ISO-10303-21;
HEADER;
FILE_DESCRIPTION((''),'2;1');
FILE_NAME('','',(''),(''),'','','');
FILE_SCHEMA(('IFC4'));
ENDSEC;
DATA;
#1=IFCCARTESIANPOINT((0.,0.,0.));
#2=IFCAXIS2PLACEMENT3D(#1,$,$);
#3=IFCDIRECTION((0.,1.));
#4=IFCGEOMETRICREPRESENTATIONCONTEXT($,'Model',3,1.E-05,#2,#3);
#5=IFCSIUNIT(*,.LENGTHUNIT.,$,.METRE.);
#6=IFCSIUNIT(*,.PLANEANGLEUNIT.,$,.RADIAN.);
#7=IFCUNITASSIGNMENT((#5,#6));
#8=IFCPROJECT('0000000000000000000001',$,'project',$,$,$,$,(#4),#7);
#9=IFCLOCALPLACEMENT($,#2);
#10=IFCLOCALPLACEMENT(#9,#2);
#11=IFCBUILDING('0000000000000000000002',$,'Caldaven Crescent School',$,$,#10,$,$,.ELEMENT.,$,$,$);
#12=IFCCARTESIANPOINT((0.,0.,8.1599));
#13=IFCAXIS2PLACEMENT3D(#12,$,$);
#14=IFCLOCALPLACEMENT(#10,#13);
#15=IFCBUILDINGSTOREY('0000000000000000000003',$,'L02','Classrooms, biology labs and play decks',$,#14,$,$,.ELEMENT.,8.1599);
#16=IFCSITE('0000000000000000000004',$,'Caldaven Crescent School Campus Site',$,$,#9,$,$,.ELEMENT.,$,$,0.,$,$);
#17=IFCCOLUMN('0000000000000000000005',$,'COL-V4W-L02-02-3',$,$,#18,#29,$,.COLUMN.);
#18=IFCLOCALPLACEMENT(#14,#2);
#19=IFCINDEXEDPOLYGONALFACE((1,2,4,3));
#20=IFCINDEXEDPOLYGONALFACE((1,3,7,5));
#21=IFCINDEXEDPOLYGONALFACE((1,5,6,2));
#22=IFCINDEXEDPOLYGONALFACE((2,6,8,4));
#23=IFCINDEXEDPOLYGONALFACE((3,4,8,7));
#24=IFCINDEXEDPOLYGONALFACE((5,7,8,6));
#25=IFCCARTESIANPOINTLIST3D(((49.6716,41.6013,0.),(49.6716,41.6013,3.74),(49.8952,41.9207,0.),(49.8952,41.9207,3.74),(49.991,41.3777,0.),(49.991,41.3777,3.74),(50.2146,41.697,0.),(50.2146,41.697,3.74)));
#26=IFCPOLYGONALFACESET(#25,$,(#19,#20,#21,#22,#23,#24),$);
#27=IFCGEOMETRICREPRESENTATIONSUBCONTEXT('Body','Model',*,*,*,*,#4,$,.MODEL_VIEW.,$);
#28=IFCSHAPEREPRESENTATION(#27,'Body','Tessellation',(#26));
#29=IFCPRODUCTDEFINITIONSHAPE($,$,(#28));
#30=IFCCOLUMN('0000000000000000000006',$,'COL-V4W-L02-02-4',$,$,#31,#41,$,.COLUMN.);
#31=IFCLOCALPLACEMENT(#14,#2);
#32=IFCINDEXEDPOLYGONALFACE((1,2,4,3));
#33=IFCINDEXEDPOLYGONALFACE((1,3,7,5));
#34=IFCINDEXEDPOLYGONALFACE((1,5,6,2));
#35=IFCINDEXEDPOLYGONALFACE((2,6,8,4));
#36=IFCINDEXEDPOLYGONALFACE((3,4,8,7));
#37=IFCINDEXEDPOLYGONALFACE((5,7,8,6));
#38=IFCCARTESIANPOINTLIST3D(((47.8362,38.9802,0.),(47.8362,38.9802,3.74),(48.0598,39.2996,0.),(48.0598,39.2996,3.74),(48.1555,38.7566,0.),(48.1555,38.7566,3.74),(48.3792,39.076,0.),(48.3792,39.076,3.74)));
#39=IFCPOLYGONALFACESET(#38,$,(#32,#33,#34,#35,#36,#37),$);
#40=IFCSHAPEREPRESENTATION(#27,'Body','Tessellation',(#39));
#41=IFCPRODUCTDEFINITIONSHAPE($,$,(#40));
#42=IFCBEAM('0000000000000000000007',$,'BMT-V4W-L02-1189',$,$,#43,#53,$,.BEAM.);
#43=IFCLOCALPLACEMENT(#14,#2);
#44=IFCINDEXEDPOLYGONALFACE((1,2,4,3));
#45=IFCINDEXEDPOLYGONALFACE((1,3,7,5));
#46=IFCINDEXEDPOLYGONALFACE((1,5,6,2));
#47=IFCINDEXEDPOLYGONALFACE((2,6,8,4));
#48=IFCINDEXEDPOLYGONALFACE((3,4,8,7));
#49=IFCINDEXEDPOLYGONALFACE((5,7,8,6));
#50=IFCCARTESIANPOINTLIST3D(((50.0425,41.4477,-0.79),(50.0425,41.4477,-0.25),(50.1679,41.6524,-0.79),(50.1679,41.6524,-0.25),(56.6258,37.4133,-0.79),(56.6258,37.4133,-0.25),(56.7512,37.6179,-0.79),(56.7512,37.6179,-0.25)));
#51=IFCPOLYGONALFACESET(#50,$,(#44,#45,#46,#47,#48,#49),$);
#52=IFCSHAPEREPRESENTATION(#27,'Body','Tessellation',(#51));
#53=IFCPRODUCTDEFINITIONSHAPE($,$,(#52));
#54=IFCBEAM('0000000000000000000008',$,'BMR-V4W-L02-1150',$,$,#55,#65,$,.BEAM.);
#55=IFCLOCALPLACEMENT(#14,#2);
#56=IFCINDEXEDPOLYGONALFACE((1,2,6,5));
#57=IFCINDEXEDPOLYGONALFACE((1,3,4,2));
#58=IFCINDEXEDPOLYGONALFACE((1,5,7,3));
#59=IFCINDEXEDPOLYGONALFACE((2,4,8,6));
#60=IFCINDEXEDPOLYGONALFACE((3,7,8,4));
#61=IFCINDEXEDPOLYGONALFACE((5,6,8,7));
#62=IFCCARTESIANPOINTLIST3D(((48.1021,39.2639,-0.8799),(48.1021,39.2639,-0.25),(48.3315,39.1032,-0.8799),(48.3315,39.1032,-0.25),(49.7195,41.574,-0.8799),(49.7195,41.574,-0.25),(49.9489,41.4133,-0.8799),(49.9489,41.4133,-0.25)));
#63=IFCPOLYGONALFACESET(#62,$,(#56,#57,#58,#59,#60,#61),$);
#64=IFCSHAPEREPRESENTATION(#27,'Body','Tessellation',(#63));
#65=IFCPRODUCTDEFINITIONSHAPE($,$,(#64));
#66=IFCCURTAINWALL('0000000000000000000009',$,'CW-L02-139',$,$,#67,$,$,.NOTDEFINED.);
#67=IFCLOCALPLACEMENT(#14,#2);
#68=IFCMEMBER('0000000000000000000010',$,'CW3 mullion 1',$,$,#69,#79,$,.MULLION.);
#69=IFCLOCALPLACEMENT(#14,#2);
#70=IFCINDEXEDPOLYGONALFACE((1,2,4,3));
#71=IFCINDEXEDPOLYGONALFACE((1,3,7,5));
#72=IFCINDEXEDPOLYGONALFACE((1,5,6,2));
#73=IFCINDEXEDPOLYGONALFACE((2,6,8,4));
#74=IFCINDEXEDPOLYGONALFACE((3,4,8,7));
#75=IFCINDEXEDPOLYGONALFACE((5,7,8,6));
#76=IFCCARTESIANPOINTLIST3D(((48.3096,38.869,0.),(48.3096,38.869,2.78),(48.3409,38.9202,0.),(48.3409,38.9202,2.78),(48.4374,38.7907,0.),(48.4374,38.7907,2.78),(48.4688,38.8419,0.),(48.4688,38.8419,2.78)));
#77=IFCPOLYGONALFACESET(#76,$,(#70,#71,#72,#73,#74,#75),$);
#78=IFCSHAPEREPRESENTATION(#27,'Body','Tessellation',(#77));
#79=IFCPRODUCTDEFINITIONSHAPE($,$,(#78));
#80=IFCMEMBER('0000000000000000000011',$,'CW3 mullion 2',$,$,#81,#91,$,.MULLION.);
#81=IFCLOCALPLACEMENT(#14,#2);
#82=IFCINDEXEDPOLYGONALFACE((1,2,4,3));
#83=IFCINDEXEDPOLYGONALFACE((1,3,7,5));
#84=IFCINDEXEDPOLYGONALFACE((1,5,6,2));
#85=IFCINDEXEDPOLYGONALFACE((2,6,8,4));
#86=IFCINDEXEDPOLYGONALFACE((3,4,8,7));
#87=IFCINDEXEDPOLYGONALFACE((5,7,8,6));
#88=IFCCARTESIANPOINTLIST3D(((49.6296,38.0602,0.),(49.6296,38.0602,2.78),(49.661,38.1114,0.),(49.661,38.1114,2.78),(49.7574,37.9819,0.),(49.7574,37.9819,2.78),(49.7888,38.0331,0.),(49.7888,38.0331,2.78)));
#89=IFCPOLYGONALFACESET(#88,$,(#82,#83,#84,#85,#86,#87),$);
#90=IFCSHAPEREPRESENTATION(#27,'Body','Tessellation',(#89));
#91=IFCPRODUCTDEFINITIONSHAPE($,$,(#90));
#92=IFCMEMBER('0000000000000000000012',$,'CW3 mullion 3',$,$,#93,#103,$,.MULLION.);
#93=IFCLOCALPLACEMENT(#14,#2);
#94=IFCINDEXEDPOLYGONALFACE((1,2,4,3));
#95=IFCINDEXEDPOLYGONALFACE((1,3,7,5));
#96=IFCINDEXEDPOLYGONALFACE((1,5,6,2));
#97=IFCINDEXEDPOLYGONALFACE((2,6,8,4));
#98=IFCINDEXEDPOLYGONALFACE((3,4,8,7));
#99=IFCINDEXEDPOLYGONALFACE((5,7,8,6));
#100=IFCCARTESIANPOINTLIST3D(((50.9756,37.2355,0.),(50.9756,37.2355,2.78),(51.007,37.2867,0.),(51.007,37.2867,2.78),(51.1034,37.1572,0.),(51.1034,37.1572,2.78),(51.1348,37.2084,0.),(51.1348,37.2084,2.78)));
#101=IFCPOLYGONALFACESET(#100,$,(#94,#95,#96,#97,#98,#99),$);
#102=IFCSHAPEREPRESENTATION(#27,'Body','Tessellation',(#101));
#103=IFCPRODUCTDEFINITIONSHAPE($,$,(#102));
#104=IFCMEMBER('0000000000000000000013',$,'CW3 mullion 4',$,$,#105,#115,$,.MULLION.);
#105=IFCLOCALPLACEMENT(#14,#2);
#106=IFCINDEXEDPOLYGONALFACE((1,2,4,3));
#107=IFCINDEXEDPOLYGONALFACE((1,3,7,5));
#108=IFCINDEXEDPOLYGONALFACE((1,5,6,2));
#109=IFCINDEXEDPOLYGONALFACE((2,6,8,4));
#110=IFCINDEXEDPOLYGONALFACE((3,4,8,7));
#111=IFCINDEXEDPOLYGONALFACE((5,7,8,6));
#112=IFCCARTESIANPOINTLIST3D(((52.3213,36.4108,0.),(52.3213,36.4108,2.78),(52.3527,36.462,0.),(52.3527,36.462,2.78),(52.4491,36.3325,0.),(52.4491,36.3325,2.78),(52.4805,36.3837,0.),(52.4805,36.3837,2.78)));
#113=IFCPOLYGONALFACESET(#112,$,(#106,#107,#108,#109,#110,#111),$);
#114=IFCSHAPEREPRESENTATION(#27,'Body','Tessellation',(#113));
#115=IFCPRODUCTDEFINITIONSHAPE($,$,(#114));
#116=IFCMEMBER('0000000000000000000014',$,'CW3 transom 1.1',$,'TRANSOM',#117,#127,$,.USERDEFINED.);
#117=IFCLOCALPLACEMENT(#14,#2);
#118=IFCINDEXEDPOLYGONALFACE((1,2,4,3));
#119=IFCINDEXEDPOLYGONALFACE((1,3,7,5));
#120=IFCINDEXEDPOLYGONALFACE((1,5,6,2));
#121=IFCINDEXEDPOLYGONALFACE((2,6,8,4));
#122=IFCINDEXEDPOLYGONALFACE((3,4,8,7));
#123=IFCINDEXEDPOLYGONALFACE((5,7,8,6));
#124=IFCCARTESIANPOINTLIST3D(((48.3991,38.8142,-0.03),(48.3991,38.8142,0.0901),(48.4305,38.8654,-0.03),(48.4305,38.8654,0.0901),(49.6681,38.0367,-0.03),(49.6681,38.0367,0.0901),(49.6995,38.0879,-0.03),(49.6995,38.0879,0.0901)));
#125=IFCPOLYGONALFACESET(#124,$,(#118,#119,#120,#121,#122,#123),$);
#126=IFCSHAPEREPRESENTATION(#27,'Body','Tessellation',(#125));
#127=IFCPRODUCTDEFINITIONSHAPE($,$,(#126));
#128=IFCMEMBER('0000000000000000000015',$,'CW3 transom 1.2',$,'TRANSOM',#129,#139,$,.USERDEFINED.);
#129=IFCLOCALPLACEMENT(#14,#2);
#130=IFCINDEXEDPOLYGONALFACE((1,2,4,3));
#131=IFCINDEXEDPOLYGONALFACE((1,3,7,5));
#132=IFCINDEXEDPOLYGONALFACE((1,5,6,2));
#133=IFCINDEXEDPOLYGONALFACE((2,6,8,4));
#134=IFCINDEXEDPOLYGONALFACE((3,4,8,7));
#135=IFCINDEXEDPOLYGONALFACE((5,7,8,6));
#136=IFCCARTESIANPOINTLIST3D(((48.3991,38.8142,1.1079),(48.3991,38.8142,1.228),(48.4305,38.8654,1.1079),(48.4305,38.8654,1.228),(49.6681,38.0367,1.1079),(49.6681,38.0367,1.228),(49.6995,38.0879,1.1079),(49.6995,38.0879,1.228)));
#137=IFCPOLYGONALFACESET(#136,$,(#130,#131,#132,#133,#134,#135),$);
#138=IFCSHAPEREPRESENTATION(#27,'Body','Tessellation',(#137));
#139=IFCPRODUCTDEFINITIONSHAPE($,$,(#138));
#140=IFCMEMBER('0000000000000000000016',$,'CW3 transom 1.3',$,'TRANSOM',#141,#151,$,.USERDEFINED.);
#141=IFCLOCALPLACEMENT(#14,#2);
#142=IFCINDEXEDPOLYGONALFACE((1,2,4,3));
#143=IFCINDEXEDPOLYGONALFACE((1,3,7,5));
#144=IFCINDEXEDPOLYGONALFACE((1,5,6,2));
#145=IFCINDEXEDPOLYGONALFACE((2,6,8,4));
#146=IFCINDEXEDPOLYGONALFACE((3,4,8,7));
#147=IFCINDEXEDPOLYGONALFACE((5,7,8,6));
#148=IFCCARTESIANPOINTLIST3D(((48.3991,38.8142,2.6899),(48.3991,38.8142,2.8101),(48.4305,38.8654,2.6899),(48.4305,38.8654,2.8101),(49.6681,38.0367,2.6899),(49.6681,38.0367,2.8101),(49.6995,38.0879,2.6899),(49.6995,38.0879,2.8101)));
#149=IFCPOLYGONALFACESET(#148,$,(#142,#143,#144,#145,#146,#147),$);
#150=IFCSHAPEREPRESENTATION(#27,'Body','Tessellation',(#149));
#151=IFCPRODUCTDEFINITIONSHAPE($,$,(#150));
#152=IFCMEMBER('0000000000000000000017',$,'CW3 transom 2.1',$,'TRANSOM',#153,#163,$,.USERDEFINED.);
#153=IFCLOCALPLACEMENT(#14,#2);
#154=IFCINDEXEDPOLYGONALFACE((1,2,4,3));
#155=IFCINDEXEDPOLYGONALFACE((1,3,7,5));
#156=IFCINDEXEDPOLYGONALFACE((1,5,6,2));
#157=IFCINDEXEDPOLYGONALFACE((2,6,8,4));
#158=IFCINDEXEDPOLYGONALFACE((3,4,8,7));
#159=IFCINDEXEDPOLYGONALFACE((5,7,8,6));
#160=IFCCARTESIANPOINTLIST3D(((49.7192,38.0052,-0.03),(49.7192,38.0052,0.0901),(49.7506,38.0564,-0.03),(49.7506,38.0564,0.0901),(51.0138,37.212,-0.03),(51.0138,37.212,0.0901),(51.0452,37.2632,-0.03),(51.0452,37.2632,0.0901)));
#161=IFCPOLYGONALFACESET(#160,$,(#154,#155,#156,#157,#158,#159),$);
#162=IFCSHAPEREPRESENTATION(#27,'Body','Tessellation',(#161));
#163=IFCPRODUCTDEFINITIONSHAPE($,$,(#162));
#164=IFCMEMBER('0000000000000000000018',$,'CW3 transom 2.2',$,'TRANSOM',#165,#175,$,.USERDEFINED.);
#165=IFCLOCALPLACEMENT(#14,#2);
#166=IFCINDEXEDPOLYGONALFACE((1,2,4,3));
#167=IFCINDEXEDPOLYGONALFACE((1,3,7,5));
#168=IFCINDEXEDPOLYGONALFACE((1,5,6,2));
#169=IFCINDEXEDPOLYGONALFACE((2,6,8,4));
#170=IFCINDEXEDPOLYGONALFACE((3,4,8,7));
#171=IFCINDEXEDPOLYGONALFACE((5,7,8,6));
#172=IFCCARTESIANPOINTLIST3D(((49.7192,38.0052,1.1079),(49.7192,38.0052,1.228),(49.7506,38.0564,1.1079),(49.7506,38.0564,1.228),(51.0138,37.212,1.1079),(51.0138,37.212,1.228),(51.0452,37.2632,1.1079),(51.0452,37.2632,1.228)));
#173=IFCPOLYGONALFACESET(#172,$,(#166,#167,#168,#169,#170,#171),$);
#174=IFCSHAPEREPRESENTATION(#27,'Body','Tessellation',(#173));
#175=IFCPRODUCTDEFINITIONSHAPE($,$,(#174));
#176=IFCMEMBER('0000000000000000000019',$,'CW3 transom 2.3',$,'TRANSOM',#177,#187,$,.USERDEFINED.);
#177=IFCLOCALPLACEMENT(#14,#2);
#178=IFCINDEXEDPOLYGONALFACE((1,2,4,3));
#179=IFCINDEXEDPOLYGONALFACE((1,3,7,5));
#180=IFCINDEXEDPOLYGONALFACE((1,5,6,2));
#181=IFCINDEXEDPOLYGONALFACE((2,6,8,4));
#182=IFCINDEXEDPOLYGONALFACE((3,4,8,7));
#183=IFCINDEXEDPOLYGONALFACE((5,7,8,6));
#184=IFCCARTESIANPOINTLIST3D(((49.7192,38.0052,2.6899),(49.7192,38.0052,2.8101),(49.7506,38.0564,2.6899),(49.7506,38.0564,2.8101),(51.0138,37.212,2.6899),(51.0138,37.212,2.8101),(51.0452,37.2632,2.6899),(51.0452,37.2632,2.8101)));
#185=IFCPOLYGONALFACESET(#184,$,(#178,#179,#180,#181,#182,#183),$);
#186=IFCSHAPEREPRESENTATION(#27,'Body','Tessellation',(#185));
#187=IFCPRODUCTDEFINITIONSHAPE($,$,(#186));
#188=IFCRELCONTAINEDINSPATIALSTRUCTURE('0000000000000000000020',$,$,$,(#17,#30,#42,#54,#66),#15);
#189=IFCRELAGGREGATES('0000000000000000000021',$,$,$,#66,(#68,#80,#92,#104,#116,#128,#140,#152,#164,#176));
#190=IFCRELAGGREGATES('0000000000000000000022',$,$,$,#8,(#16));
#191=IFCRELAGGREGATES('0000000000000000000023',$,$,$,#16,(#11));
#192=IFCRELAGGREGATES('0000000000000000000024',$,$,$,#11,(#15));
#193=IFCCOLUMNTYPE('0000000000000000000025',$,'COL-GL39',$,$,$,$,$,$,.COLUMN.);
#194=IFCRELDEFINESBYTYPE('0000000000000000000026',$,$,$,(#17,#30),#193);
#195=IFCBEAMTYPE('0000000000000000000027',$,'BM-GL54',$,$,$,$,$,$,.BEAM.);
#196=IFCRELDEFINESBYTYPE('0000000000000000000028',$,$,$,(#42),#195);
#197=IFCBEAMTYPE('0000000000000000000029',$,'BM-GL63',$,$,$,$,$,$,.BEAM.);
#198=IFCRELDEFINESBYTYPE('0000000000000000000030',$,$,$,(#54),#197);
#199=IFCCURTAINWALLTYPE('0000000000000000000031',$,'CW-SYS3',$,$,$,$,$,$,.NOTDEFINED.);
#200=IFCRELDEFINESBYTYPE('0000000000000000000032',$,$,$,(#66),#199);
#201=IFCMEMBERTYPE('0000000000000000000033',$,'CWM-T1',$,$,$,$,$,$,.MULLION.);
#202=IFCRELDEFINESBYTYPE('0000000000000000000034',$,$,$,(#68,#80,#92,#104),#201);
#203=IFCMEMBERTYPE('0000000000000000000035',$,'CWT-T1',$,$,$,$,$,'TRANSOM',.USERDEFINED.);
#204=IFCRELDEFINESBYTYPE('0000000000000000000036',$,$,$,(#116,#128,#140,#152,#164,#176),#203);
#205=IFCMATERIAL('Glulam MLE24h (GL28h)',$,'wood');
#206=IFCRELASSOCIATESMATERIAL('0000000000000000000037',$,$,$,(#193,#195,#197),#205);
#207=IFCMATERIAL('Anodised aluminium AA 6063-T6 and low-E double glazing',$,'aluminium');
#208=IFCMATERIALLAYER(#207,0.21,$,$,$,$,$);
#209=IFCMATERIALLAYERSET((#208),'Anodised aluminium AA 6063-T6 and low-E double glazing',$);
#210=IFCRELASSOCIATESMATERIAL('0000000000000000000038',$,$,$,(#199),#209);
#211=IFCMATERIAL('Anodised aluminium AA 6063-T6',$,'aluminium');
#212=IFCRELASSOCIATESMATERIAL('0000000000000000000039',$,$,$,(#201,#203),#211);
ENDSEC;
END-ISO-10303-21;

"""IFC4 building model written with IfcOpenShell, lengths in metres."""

from ifc_helpers import new_model, si_unit, direction, frame, origin, origin_2d, place, context, subcontext, project, spatial, rectangle, extrude, material, layer, layer_set, material_profile, profile_set, type_object, element, aggregate, save


model = new_model("IFC4")

# Units and contexts
model_context = context("Model", 3, precision=1e-05, world=origin(), true_north=direction((0.0, 1.0)))
body_context = subcontext(model_context, "Body", "Model", "MODEL_VIEW")
ifc_project = project(units=[si_unit("LENGTHUNIT", "METRE"), si_unit("PLANEANGLEUNIT", "RADIAN")], contexts=[model_context])

# Site, building, storey
site_placement = place(None, origin())
site = spatial("IfcSite", under=ifc_project, at=site_placement, Name="Caldaven Crescent School Campus Site", CompositionType="ELEMENT", RefElevation=0.0)
building_placement = place(site_placement, origin())
building = spatial("IfcBuilding", under=site, at=building_placement, Name="Caldaven Crescent School", CompositionType="ELEMENT")
storey_placement = place(building_placement, frame((0.0, 0.0, 8.1599)))
storey = spatial("IfcBuildingStorey", under=building, at=storey_placement, Name="L02", Description="Classrooms, biology labs and play decks", CompositionType="ELEMENT", Elevation=8.1599)

# Columns
ifc_material_1 = material(Name="Glulam MLE24h (GL28h)", Category="wood")
ifc_material_profile_1 = material_profile(ifc_material_1, rectangle(XDim=0.3899, YDim=0.3899, at=origin_2d()), Name="MLE 390x390")
ifc_profile_set_1 = profile_set([ifc_material_profile_1], Name="Glulam MLE24h (GL28h)")
column_type = type_object("IfcColumnType", Name="COL-GL39", PredefinedType="COLUMN", material=ifc_profile_set_1)
for number, where, z_axis, x_axis, name in (
    (1, (49.9431, 41.6492, 0.0), (0.0, 0.0, 1.0), (-0.573576, -0.819152, 0.0), "COL-V4W-L02-02-3"),
    (2, (48.1077, 39.0281, 0.0), (0.0, 0.0, 1.0), (-0.573576, -0.819152, 0.0), "COL-V4W-L02-02-4"),
):
    element("IfcColumn", number, at=place(storey_placement, frame(where, z_axis=z_axis, x_axis=x_axis)), inside=storey, type_object=column_type, Name=name, PredefinedType="COLUMN", context=body_context, shape_type="SweptSolid", body=[
        extrude(rectangle(XDim=0.3899, YDim=0.3899, at=origin_2d()), origin(), (0.0, 0.0, 1.0), 3.74),
    ])

# Beams
ifc_material_profile_2 = material_profile(ifc_material_1, rectangle(XDim=0.24, YDim=0.54, at=origin_2d()), Name="MLE 240x540")
ifc_profile_set_2 = profile_set([ifc_material_profile_2], Name="Glulam MLE24h (GL28h)")
beam_type_1 = type_object("IfcBeamType", Name="BM-GL54", PredefinedType="BEAM", material=ifc_profile_set_2)
beam_1_placement = place(storey_placement, frame((50.1052, 41.55, -0.52), z_axis=(0.852629, -0.522518, 0.0), x_axis=(0.522518, 0.852629, 0.0)))
element("IfcBeam", 3, at=beam_1_placement, inside=storey, type_object=beam_type_1, Name="BMT-V4W-L02-1189", PredefinedType="BEAM", context=body_context, shape_type="SweptSolid", body=[
    extrude(rectangle(XDim=0.24, YDim=0.54, at=origin_2d()), origin(), (0.0, 0.0, 1.0), 7.7212),
])
ifc_material_profile_3 = material_profile(ifc_material_1, rectangle(XDim=0.28, YDim=0.6299, at=origin_2d()), Name="MLE 280x630")
ifc_profile_set_3 = profile_set([ifc_material_profile_3], Name="Glulam MLE24h (GL28h)")
beam_type_2 = type_object("IfcBeamType", Name="BM-GL63", PredefinedType="BEAM", material=ifc_profile_set_3)
beam_2_placement = place(storey_placement, frame((49.8342, 41.4937, -0.5649), z_axis=(-0.573555, -0.819167, 0.0), x_axis=(0.819167, -0.573555, 0.0)))
element("IfcBeam", 4, at=beam_2_placement, inside=storey, type_object=beam_type_2, Name="BMR-V4W-L02-1150", PredefinedType="BEAM", context=body_context, shape_type="SweptSolid", body=[
    extrude(rectangle(XDim=0.28, YDim=0.6299, at=origin_2d()), origin(), (0.0, 0.0, 1.0), 2.8201),
])

# Curtain wall, members
ifc_material_2 = material(Name="Anodised aluminium AA 6063-T6 and low-E double glazing", Category="aluminium")
ifc_layer_1 = layer(ifc_material_2, 0.21)
ifc_layer_set_1 = layer_set([ifc_layer_1], Name="Anodised aluminium AA 6063-T6 and low-E double glazing")
curtain_wall_type = type_object("IfcCurtainWallType", Name="CW-SYS3", PredefinedType="NOTDEFINED", material=ifc_layer_set_1)
curtain_wall_placement = place(storey_placement, origin())
curtain_wall = element("IfcCurtainWall", 5, at=curtain_wall_placement, inside=storey, type_object=curtain_wall_type, Name="CW-L02-139", PredefinedType="NOTDEFINED")
ifc_material_3 = material(Name="Anodised aluminium AA 6063-T6", Category="aluminium")
ifc_material_profile_4 = material_profile(ifc_material_3, rectangle(XDim=0.0601, YDim=0.1499, at=origin_2d()), Name="CWM 60x150")
ifc_profile_set_4 = profile_set([ifc_material_profile_4], Name="Anodised aluminium AA 6063-T6")
member_type_1 = type_object("IfcMemberType", Name="CWM-T1", PredefinedType="MULLION", material=ifc_profile_set_4)
member_1_placement = place(storey_placement, frame((48.3892, 38.8555, 0.0), z_axis=(0.0, 0.0, 1.0), x_axis=(0.522499, 0.85264, 0.0)))
member_1 = element("IfcMember", 6, at=member_1_placement, type_object=member_type_1, Name="CW3 mullion 1", PredefinedType="MULLION", context=body_context, shape_type="SweptSolid", body=[
    extrude(rectangle(XDim=0.0601, YDim=0.1499, at=origin_2d()), origin(), (0.0, 0.0, 1.0), 2.78),
])
member_2_placement = place(storey_placement, frame((49.7092, 38.0466, 0.0), z_axis=(0.0, 0.0, 1.0), x_axis=(0.522499, 0.85264, 0.0)))
member_2 = element("IfcMember", 7, at=member_2_placement, type_object=member_type_1, Name="CW3 mullion 2", PredefinedType="MULLION", context=body_context, shape_type="SweptSolid", body=[
    extrude(rectangle(XDim=0.0601, YDim=0.1499, at=origin_2d()), origin(), (0.0, 0.0, 1.0), 2.78),
])
member_3_placement = place(storey_placement, frame((51.0552, 37.2219, 0.0), z_axis=(0.0, 0.0, 1.0), x_axis=(0.522499, 0.85264, 0.0)))
member_3 = element("IfcMember", 8, at=member_3_placement, type_object=member_type_1, Name="CW3 mullion 3", PredefinedType="MULLION", context=body_context, shape_type="SweptSolid", body=[
    extrude(rectangle(XDim=0.0601, YDim=0.1499, at=origin_2d()), origin(), (0.0, 0.0, 1.0), 2.78),
])
member_4_placement = place(storey_placement, frame((52.4009, 36.3972, 0.0), z_axis=(0.0, 0.0, 1.0), x_axis=(0.522499, 0.85264, 0.0)))
member_4 = element("IfcMember", 9, at=member_4_placement, type_object=member_type_1, Name="CW3 mullion 4", PredefinedType="MULLION", context=body_context, shape_type="SweptSolid", body=[
    extrude(rectangle(XDim=0.0601, YDim=0.1499, at=origin_2d()), origin(), (0.0, 0.0, 1.0), 2.78),
])
ifc_material_profile_5 = material_profile(ifc_material_3, rectangle(XDim=0.0601, YDim=0.1201, at=origin_2d()), Name="CWT 60x120")
ifc_profile_set_5 = profile_set([ifc_material_profile_5], Name="Anodised aluminium AA 6063-T6")
member_type_2 = type_object("IfcMemberType", Name="CWT-T1", ElementType="TRANSOM", PredefinedType="USERDEFINED", material=ifc_profile_set_5)
member_5_placement = place(storey_placement, frame((48.4148, 38.8398, 0.03), z_axis=(0.852665, -0.522458, 0.0), x_axis=(0.522458, 0.852665, 0.0)))
member_5 = element("IfcMember", 10, at=member_5_placement, type_object=member_type_2, Name="CW3 transom 1.1", ObjectType="TRANSOM", PredefinedType="USERDEFINED", context=body_context, shape_type="SweptSolid", body=[
    extrude(rectangle(XDim=0.0601, YDim=0.1201, at=origin_2d()), origin(), (0.0, 0.0, 1.0), 1.4883),
])
member_6_placement = place(storey_placement, frame((48.4148, 38.8398, 1.168), z_axis=(0.852665, -0.522458, 0.0), x_axis=(0.522458, 0.852665, 0.0)))
member_6 = element("IfcMember", 11, at=member_6_placement, type_object=member_type_2, Name="CW3 transom 1.2", ObjectType="TRANSOM", PredefinedType="USERDEFINED", context=body_context, shape_type="SweptSolid", body=[
    extrude(rectangle(XDim=0.0601, YDim=0.1201, at=origin_2d()), origin(), (0.0, 0.0, 1.0), 1.4883),
])
member_7_placement = place(storey_placement, frame((48.4148, 38.8398, 2.75), z_axis=(0.852665, -0.522458, 0.0), x_axis=(0.522458, 0.852665, 0.0)))
member_7 = element("IfcMember", 12, at=member_7_placement, type_object=member_type_2, Name="CW3 transom 1.3", ObjectType="TRANSOM", PredefinedType="USERDEFINED", context=body_context, shape_type="SweptSolid", body=[
    extrude(rectangle(XDim=0.0601, YDim=0.1201, at=origin_2d()), origin(), (0.0, 0.0, 1.0), 1.4883),
])
member_8_placement = place(storey_placement, frame((49.7349, 38.0308, 0.03), z_axis=(0.852689, -0.522419, 0.0), x_axis=(0.522419, 0.852689, 0.0)))
member_8 = element("IfcMember", 13, at=member_8_placement, type_object=member_type_2, Name="CW3 transom 2.1", ObjectType="TRANSOM", PredefinedType="USERDEFINED", context=body_context, shape_type="SweptSolid", body=[
    extrude(rectangle(XDim=0.0601, YDim=0.1201, at=origin_2d()), origin(), (0.0, 0.0, 1.0), 1.5183),
])
member_9_placement = place(storey_placement, frame((49.7349, 38.0308, 1.168), z_axis=(0.852689, -0.522419, 0.0), x_axis=(0.522419, 0.852689, 0.0)))
member_9 = element("IfcMember", 14, at=member_9_placement, type_object=member_type_2, Name="CW3 transom 2.2", ObjectType="TRANSOM", PredefinedType="USERDEFINED", context=body_context, shape_type="SweptSolid", body=[
    extrude(rectangle(XDim=0.0601, YDim=0.1201, at=origin_2d()), origin(), (0.0, 0.0, 1.0), 1.5183),
])
member_10_placement = place(storey_placement, frame((49.7349, 38.0308, 2.75), z_axis=(0.852689, -0.522419, 0.0), x_axis=(0.522419, 0.852689, 0.0)))
member_10 = element("IfcMember", 15, at=member_10_placement, type_object=member_type_2, Name="CW3 transom 2.3", ObjectType="TRANSOM", PredefinedType="USERDEFINED", context=body_context, shape_type="SweptSolid", body=[
    extrude(rectangle(XDim=0.0601, YDim=0.1201, at=origin_2d()), origin(), (0.0, 0.0, 1.0), 1.5183),
])

aggregate(curtain_wall, [member_1, member_2, member_3, member_4, member_5, member_6, member_7, member_8, member_9, member_10])

save(model, "model.ifc")
